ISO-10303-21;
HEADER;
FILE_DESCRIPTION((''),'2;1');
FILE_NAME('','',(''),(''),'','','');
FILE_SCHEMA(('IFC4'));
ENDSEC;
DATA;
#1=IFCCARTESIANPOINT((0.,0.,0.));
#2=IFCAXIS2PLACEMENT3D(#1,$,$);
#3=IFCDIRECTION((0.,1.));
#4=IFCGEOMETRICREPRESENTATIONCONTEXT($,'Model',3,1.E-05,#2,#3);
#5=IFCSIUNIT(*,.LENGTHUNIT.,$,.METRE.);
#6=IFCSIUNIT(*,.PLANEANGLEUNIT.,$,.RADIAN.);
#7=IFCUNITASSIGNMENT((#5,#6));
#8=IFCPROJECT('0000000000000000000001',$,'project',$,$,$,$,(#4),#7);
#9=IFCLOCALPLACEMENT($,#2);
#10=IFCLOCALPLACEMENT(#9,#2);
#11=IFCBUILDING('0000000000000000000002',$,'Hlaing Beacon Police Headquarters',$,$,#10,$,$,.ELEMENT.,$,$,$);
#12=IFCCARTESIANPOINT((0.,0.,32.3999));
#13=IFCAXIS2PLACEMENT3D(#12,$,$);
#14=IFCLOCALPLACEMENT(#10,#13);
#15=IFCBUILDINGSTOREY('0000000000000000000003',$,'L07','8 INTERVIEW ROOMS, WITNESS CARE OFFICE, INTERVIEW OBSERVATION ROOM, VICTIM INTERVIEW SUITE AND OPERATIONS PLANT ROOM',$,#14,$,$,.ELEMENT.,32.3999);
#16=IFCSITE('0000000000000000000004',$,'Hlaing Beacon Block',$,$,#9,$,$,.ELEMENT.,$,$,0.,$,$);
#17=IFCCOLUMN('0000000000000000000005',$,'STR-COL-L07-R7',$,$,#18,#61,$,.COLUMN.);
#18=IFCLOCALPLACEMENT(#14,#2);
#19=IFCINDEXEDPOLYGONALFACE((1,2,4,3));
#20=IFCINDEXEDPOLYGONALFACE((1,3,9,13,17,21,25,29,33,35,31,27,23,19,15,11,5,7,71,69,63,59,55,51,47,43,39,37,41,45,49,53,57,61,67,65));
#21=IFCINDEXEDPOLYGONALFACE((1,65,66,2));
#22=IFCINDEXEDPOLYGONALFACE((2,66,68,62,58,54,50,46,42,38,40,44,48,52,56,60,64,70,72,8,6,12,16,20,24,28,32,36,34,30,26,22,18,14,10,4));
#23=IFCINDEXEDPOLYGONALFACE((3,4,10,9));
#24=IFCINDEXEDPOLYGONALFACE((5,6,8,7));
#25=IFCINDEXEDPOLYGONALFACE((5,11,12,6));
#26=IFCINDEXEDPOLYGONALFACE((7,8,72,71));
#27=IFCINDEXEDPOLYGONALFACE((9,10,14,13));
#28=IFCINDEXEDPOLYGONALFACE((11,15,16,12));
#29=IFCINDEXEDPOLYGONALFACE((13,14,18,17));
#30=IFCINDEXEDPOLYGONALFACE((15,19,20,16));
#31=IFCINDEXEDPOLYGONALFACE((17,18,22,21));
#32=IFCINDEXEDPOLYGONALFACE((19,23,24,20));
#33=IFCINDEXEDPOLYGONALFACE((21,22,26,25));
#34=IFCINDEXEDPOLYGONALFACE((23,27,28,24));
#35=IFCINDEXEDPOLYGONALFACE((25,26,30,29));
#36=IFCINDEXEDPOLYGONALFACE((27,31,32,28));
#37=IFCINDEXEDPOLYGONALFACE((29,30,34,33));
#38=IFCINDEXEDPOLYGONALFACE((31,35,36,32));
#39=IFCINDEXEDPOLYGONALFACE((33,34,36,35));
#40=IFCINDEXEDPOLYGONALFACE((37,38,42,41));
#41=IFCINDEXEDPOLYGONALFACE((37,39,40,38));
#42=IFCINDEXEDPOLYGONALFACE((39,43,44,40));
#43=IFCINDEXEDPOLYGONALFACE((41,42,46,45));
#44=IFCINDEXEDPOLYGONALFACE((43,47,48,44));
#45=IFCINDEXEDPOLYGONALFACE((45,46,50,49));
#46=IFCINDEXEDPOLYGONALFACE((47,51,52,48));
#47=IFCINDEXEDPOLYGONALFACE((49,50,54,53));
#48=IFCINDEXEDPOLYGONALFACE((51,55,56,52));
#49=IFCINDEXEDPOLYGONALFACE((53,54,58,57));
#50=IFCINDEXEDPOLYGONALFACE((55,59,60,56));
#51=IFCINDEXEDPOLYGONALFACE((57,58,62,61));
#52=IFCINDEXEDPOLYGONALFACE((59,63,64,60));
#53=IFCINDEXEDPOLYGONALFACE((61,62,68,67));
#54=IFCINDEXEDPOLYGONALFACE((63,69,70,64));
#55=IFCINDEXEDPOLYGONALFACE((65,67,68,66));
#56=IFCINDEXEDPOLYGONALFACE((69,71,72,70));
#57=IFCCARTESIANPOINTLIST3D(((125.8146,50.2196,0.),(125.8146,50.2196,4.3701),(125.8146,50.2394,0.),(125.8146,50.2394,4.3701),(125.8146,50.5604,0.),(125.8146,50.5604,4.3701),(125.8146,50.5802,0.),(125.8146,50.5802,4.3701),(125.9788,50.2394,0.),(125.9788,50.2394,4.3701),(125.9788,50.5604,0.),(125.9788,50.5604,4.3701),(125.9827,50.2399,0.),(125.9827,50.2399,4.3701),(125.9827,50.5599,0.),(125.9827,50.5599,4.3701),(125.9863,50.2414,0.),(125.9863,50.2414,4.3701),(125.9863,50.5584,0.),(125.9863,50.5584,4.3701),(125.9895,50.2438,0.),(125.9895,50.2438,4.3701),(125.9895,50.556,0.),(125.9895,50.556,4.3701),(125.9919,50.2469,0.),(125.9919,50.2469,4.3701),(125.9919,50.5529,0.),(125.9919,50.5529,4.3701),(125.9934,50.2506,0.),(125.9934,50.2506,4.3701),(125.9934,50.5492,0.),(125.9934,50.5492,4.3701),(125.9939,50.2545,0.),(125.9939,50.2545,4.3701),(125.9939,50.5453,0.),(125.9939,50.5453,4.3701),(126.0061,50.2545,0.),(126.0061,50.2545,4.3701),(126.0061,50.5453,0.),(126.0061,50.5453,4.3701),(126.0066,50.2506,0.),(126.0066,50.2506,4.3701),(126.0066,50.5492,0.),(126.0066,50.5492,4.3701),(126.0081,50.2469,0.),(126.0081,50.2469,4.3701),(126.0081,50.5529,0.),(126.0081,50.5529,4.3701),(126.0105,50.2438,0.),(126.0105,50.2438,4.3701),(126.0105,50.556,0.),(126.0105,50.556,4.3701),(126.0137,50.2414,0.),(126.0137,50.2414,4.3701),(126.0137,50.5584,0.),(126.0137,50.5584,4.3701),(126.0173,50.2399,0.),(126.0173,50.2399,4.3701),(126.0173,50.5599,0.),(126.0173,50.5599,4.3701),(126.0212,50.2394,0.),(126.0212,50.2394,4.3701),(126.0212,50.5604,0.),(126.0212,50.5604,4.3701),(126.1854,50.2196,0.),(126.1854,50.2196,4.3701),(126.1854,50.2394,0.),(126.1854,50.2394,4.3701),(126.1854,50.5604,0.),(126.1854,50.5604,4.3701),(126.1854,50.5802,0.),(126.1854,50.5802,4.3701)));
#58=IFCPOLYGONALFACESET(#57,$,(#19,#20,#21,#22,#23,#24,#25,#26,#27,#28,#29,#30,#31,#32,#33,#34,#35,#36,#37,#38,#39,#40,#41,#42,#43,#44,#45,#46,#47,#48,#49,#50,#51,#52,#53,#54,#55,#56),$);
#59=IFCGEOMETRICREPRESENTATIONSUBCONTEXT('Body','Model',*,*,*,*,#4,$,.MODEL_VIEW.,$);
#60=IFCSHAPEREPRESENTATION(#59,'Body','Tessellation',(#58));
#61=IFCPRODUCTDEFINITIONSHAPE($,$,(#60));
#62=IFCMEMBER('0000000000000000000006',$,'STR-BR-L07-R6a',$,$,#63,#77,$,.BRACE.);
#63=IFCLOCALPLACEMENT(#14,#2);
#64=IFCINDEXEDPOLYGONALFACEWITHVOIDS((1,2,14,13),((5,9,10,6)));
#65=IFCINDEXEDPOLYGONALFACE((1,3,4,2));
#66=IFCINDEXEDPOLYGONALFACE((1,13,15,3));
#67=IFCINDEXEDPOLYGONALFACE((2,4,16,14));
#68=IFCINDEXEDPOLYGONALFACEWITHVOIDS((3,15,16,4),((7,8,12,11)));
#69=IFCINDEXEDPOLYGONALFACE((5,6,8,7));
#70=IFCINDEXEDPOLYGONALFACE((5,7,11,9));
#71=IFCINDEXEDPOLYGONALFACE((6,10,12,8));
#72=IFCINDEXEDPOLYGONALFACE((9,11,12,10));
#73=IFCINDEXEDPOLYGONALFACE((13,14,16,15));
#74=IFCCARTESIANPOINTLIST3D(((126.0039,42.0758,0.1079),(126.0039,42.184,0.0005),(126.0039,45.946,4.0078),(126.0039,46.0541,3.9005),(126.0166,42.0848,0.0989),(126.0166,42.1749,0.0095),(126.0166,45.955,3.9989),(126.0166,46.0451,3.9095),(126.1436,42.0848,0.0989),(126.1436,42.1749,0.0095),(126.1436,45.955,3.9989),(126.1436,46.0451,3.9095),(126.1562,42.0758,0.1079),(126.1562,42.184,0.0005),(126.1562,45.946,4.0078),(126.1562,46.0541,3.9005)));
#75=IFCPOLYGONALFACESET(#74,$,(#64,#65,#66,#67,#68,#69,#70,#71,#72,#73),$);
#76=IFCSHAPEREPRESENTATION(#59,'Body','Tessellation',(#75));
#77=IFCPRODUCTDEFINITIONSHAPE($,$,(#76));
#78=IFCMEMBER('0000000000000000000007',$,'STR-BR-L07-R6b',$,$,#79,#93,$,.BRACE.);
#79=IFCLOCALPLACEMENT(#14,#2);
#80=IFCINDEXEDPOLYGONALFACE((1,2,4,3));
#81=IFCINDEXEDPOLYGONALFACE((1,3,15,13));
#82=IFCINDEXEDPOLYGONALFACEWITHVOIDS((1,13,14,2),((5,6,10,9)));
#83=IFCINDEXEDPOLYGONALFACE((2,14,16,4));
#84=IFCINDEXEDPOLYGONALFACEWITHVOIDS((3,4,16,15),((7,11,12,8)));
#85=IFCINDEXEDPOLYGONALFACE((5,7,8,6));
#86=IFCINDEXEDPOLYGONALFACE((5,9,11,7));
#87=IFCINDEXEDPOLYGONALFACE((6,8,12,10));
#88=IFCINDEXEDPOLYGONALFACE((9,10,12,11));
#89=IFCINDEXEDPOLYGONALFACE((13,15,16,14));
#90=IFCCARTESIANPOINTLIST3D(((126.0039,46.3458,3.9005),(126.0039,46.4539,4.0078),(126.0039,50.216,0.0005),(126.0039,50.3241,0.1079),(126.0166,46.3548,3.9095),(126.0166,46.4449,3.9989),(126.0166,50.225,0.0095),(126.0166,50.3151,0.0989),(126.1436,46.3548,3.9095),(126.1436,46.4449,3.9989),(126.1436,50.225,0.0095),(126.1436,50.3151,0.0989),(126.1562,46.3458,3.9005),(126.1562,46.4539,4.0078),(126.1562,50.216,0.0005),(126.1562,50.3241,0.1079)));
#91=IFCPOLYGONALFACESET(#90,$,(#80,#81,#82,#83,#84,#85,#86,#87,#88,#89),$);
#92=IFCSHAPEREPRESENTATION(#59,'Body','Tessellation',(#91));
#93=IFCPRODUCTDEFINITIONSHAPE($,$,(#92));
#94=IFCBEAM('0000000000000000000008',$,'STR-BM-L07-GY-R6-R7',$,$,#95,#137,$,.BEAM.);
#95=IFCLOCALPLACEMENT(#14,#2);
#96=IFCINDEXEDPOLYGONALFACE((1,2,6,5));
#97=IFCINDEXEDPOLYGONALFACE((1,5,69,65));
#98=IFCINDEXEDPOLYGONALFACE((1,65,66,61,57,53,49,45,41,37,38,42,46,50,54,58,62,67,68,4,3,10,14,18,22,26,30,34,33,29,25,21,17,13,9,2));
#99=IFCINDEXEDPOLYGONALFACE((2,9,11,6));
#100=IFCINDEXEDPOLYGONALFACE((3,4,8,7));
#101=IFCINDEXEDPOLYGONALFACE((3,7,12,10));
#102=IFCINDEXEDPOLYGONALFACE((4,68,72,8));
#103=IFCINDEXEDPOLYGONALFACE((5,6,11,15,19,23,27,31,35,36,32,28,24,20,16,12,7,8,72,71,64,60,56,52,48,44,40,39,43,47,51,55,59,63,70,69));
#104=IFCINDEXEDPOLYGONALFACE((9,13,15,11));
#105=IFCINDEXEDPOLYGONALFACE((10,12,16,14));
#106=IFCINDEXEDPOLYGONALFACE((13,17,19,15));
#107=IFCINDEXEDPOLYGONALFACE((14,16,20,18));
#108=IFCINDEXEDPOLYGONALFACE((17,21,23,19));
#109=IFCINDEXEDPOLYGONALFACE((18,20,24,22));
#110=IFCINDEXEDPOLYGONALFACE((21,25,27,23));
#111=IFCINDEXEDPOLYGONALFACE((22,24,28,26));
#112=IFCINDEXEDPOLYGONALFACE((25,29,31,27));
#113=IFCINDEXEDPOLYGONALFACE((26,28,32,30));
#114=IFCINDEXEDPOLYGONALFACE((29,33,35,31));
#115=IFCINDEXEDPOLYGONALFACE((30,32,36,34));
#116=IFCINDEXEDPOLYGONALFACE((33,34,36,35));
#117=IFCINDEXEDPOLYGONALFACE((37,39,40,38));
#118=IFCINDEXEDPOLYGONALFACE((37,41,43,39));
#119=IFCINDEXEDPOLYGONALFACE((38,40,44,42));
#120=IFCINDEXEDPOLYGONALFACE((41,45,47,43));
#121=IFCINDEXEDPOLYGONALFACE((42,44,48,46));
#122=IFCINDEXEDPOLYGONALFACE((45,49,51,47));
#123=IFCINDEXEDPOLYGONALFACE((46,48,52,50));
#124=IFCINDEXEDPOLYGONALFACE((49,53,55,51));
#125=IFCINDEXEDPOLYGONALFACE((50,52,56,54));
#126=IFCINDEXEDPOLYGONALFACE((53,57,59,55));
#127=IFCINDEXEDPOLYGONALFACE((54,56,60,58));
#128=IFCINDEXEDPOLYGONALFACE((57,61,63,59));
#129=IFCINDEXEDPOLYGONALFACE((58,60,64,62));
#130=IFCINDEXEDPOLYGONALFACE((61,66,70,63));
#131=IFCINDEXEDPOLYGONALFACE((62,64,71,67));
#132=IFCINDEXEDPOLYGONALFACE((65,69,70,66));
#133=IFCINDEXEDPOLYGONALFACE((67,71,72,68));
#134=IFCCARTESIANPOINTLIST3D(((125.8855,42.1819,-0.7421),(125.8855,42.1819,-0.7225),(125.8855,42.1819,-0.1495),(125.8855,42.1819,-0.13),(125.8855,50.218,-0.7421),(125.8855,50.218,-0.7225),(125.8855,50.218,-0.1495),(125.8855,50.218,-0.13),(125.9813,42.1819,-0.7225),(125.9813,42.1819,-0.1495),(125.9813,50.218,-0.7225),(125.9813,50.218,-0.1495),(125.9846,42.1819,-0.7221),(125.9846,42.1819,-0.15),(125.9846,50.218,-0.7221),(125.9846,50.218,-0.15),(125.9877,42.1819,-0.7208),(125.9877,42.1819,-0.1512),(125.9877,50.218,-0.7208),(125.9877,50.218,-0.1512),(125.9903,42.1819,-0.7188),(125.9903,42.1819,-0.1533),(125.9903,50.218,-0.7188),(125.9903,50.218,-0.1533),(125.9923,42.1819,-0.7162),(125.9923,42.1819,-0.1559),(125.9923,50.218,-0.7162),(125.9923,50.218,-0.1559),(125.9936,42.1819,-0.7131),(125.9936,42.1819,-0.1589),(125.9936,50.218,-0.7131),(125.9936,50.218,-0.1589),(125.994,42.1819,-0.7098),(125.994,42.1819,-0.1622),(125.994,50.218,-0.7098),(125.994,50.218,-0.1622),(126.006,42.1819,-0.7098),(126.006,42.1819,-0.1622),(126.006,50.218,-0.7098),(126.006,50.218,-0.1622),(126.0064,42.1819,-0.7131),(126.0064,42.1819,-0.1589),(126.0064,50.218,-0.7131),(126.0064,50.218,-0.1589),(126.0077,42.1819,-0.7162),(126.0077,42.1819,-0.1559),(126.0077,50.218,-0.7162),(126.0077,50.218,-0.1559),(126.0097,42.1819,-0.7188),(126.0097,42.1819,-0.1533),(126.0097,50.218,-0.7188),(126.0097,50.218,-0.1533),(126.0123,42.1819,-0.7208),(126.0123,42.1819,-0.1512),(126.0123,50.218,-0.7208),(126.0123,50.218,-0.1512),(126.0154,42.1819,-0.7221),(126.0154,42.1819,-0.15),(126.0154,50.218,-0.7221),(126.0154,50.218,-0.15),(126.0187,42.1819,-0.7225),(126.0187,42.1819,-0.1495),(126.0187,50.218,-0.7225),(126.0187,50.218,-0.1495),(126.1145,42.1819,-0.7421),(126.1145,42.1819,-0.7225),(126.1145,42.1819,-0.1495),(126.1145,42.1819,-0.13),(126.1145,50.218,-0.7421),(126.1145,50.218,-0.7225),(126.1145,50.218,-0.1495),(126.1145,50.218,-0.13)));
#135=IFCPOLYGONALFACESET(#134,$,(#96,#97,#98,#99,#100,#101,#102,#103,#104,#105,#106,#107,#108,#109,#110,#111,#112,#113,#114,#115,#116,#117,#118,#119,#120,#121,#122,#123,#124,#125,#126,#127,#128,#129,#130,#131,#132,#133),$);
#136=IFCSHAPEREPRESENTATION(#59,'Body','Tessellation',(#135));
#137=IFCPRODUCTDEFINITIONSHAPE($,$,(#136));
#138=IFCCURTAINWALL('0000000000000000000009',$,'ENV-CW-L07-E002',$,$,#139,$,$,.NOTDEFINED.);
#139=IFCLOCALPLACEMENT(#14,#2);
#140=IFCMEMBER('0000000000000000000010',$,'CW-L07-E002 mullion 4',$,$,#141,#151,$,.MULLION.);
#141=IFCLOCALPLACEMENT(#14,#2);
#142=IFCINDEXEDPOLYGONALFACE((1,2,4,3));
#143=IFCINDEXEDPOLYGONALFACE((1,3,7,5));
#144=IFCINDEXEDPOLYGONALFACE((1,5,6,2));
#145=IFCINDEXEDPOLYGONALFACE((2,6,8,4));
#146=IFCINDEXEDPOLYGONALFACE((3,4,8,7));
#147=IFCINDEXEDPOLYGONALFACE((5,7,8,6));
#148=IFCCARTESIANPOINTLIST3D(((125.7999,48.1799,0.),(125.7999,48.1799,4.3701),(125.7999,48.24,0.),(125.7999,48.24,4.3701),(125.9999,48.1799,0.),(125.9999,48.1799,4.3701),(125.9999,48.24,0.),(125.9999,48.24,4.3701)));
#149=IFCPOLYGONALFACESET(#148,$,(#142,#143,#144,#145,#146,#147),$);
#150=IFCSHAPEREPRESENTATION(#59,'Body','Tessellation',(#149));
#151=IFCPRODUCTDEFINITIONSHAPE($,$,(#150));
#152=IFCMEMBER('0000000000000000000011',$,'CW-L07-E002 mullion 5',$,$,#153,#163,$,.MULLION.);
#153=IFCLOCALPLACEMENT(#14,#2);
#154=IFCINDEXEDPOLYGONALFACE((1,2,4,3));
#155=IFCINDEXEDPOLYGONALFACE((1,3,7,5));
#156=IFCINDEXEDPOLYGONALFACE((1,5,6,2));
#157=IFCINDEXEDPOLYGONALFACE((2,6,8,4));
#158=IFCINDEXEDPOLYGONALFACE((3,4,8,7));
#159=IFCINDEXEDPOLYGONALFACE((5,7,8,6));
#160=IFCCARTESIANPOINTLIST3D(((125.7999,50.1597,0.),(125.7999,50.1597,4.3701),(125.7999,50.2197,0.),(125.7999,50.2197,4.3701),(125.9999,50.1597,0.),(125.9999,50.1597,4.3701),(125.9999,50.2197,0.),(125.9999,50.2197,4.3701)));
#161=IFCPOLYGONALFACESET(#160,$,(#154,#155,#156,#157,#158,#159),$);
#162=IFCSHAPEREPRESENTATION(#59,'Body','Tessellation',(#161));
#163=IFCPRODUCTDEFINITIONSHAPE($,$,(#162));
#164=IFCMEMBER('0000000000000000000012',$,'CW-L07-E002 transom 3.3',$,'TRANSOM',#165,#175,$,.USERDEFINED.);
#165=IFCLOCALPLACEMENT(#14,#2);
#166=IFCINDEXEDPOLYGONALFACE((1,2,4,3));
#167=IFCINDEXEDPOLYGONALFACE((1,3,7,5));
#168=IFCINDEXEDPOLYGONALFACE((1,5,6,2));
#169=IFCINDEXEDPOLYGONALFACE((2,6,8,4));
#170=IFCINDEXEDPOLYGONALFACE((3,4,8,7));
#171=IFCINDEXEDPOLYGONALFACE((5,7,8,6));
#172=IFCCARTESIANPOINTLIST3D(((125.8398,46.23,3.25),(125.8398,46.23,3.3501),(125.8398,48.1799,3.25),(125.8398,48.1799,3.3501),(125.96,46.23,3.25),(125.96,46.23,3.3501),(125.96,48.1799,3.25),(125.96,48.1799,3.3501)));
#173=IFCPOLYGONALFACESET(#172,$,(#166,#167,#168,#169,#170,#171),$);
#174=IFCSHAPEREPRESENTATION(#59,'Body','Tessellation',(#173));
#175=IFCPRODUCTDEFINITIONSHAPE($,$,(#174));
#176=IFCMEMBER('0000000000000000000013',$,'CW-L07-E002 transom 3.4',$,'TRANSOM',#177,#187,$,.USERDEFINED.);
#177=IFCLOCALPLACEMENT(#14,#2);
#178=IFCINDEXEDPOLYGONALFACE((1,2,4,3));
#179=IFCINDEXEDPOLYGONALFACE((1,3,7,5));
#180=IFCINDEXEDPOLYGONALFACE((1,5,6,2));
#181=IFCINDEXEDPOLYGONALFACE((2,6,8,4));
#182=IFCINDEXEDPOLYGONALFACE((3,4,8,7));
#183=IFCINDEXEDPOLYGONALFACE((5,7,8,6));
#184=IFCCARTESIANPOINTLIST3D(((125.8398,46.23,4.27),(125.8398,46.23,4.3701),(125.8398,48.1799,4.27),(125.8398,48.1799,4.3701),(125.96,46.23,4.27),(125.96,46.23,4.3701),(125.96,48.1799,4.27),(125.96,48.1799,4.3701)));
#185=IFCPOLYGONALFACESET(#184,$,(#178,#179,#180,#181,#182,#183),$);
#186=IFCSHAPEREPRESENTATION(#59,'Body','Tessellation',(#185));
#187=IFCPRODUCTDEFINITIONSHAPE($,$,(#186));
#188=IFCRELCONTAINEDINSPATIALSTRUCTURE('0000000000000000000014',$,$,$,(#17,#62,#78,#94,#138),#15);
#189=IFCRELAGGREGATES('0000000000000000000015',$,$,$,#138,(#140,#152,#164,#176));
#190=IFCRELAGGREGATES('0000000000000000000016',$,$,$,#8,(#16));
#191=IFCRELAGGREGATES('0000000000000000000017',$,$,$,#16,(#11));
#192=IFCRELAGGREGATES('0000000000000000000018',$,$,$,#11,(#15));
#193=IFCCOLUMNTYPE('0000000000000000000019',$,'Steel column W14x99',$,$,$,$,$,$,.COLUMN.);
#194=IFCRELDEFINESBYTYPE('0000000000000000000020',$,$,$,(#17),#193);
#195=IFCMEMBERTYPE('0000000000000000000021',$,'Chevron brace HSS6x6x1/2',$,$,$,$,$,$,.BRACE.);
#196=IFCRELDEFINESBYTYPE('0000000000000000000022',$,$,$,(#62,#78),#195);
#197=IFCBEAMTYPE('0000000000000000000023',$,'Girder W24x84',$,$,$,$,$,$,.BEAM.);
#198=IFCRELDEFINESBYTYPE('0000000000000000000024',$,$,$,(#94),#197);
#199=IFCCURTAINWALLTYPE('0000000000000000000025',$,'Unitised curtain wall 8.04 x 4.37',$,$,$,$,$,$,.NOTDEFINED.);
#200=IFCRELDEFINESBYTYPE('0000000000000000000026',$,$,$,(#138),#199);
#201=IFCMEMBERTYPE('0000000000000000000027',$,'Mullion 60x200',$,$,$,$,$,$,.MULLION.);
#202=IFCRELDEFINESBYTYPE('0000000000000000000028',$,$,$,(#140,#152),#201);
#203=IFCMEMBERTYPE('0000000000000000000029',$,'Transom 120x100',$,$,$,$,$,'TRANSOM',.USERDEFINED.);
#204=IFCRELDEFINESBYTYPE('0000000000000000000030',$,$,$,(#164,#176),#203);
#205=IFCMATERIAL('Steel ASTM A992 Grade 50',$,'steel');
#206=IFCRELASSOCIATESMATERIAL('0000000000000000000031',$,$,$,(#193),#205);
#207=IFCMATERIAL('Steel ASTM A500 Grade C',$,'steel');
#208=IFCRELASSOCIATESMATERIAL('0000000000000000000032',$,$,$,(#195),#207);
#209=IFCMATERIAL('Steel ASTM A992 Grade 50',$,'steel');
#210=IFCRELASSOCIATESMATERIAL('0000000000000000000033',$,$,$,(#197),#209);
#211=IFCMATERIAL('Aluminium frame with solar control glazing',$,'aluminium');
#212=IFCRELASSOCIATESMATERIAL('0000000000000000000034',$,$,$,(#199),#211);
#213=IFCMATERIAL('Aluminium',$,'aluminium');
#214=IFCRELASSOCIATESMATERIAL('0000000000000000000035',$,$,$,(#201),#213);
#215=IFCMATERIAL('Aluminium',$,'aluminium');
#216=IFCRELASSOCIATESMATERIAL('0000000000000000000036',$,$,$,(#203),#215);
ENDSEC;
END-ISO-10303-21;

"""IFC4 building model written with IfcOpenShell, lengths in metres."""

from ifc_helpers import new_model, si_unit, direction, frame, origin, origin_2d, place, context, subcontext, project, spatial, rectangle, hollow_rectangle, i_section, extrude, material, material_profile, profile_set, type_object, element, aggregate, save


model = new_model("IFC4")

# Units and contexts
model_context = context("Model", 3, precision=1e-05, world=origin(), true_north=direction((0.0, 1.0)))
body_context = subcontext(model_context, "Body", "Model", "MODEL_VIEW")
ifc_project = project(units=[si_unit("LENGTHUNIT", "METRE"), si_unit("PLANEANGLEUNIT", "RADIAN")], contexts=[model_context])

# Site, building, storey
site_placement = place(None, origin())
site = spatial("IfcSite", under=ifc_project, at=site_placement, Name="Hlaing Beacon Block", CompositionType="ELEMENT", RefElevation=0.0)
building_placement = place(site_placement, origin())
building = spatial("IfcBuilding", under=site, at=building_placement, Name="Hlaing Beacon Police Headquarters", CompositionType="ELEMENT")
storey_placement = place(building_placement, frame((0.0, 0.0, 32.3999)))
storey = spatial("IfcBuildingStorey", under=building, at=storey_placement, Name="L07", Description="8 INTERVIEW ROOMS, WITNESS CARE OFFICE, INTERVIEW OBSERVATION ROOM, VICTIM INTERVIEW SUITE AND OPERATIONS PLANT ROOM", CompositionType="ELEMENT", Elevation=32.3999)

# Column
ifc_material_1 = material(Name="Steel ASTM A992 Grade 50", Category="steel")
ifc_material_profile_1 = material_profile(ifc_material_1, i_section(OverallWidth=0.3708, OverallDepth=0.3606, WebThickness=0.0122, FlangeThickness=0.0198, FilletRadius=0.0151, at=origin_2d()), Name="W14x99")
ifc_profile_set_1 = profile_set([ifc_material_profile_1], Name="Steel ASTM A992 Grade 50")
column_type = type_object("IfcColumnType", Name="Steel column W14x99", PredefinedType="COLUMN", material=ifc_profile_set_1)
column_placement = place(storey_placement, frame((126.0, 50.3999, 0.0), z_axis=(0.0, 0.0, 1.0), x_axis=(1.0, 0.0, 0.0)))
element("IfcColumn", 1, at=column_placement, inside=storey, type_object=column_type, Name="STR-COL-L07-R7", PredefinedType="COLUMN", context=body_context, shape_type="SweptSolid", body=[
    extrude(i_section(OverallWidth=0.3708, OverallDepth=0.3606, WebThickness=0.0122, FlangeThickness=0.0198, FilletRadius=0.0151, at=origin_2d()), origin(), (0.0, 0.0, 1.0), 4.3701),
])

# Members
ifc_material_2 = material(Name="Steel ASTM A500 Grade C", Category="steel")
ifc_material_profile_2 = material_profile(ifc_material_2, hollow_rectangle(XDim=0.1523, YDim=0.1523, WallThickness=0.0127, at=origin_2d()), Name="HSS6x6x1/2")
ifc_profile_set_2 = profile_set([ifc_material_profile_2], Name="Steel ASTM A500 Grade C")
member_type_1 = type_object("IfcMemberType", Name="Chevron brace HSS6x6x1/2", PredefinedType="BRACE", material=ifc_profile_set_2)
for number, where, z_axis, x_axis, name in (
    (2, (126.0801, 42.1299, 0.0542), (0.0, 0.704391, 0.709812), (-1.0, 0.0, 0.0), "STR-BR-L07-R6a"),
    (3, (126.0801, 50.27, 0.0542), (0.0, -0.704391, 0.709812), (1.0, 0.0, 0.0), "STR-BR-L07-R6b"),
):
    element("IfcMember", number, at=place(storey_placement, frame(where, z_axis=z_axis, x_axis=x_axis)), inside=storey, type_object=member_type_1, Name=name, PredefinedType="BRACE", context=body_context, shape_type="SweptSolid", body=[
        extrude(hollow_rectangle(XDim=0.1523, YDim=0.1523, WallThickness=0.0127, at=origin_2d()), origin(), (0.0, 0.0, 1.0), 5.4944),
    ])

# Beam
ifc_material_3 = material(Name="Steel ASTM A992 Grade 50", Category="steel")
ifc_material_profile_3 = material_profile(ifc_material_3, i_section(OverallWidth=0.229, OverallDepth=0.6121, WebThickness=0.012, FlangeThickness=0.0195, FilletRadius=0.0127, at=origin_2d()), Name="W24x84")
ifc_profile_set_3 = profile_set([ifc_material_profile_3], Name="Steel ASTM A992 Grade 50")
beam_type = type_object("IfcBeamType", Name="Girder W24x84", PredefinedType="BEAM", material=ifc_profile_set_3)
beam_placement = place(storey_placement, frame((126.0, 42.1819, -0.436), z_axis=(0.0, 1.0, 0.0), x_axis=(-1.0, 0.0, 0.0)))
element("IfcBeam", 4, at=beam_placement, inside=storey, type_object=beam_type, Name="STR-BM-L07-GY-R6-R7", PredefinedType="BEAM", context=body_context, shape_type="SweptSolid", body=[
    extrude(i_section(OverallWidth=0.229, OverallDepth=0.6121, WebThickness=0.012, FlangeThickness=0.0195, FilletRadius=0.0127, at=origin_2d()), origin(), (0.0, 0.0, 1.0), 8.0361),
])

# Curtain wall, members
ifc_material_4 = material(Name="Aluminium frame with solar control glazing", Category="aluminium")
curtain_wall_type = type_object("IfcCurtainWallType", Name="Unitised curtain wall 8.04 x 4.37", PredefinedType="NOTDEFINED", material=ifc_material_4)
curtain_wall_placement = place(storey_placement, origin())
curtain_wall = element("IfcCurtainWall", 5, at=curtain_wall_placement, inside=storey, type_object=curtain_wall_type, Name="ENV-CW-L07-E002", PredefinedType="NOTDEFINED")
ifc_material_5 = material(Name="Aluminium", Category="aluminium")
ifc_material_profile_4 = material_profile(ifc_material_5, rectangle(XDim=0.2, YDim=0.0601, at=origin_2d()), Name="Mullion 60x200")
ifc_profile_set_4 = profile_set([ifc_material_profile_4], Name="Aluminium")
member_type_2 = type_object("IfcMemberType", Name="Mullion 60x200", PredefinedType="MULLION", material=ifc_profile_set_4)
member_1_placement = place(storey_placement, frame((125.8999, 48.21, 0.0), z_axis=(0.0, 0.0, 1.0), x_axis=(-1.0, 0.0, 0.0)))
member_1 = element("IfcMember", 6, at=member_1_placement, type_object=member_type_2, Name="CW-L07-E002 mullion 4", PredefinedType="MULLION", context=body_context, shape_type="SweptSolid", body=[
    extrude(rectangle(XDim=0.2, YDim=0.0601, at=origin_2d()), origin(), (0.0, 0.0, 1.0), 4.3701),
])
member_2_placement = place(storey_placement, frame((125.8999, 50.1897, 0.0), z_axis=(0.0, 0.0, 1.0), x_axis=(-1.0, 0.0, 0.0)))
member_2 = element("IfcMember", 7, at=member_2_placement, type_object=member_type_2, Name="CW-L07-E002 mullion 5", PredefinedType="MULLION", context=body_context, shape_type="SweptSolid", body=[
    extrude(rectangle(XDim=0.2, YDim=0.0601, at=origin_2d()), origin(), (0.0, 0.0, 1.0), 4.3701),
])
ifc_material_6 = material(Name="Aluminium", Category="aluminium")
ifc_material_profile_5 = material_profile(ifc_material_6, rectangle(XDim=0.1201, YDim=0.1001, at=origin_2d()), Name="Transom 120x100")
ifc_profile_set_5 = profile_set([ifc_material_profile_5], Name="Aluminium")
member_type_3 = type_object("IfcMemberType", Name="Transom 120x100", ElementType="TRANSOM", PredefinedType="USERDEFINED", material=ifc_profile_set_5)
member_3_placement = place(storey_placement, frame((125.8999, 46.23, 3.3), z_axis=(0.0, 1.0, 0.0), x_axis=(-1.0, 0.0, 0.0)))
member_3 = element("IfcMember", 8, at=member_3_placement, type_object=member_type_3, Name="CW-L07-E002 transom 3.3", ObjectType="TRANSOM", PredefinedType="USERDEFINED", context=body_context, shape_type="SweptSolid", body=[
    extrude(rectangle(XDim=0.1201, YDim=0.1001, at=origin_2d()), origin(), (0.0, 0.0, 1.0), 1.95),
])
member_4_placement = place(storey_placement, frame((125.8999, 46.23, 4.3201), z_axis=(0.0, 1.0, 0.0), x_axis=(-1.0, 0.0, 0.0)))
member_4 = element("IfcMember", 9, at=member_4_placement, type_object=member_type_3, Name="CW-L07-E002 transom 3.4", ObjectType="TRANSOM", PredefinedType="USERDEFINED", context=body_context, shape_type="SweptSolid", body=[
    extrude(rectangle(XDim=0.1201, YDim=0.1001, at=origin_2d()), origin(), (0.0, 0.0, 1.0), 1.95),
])
aggregate(curtain_wall, [member_1, member_2, member_3, member_4])

save(model, "model.ifc")
